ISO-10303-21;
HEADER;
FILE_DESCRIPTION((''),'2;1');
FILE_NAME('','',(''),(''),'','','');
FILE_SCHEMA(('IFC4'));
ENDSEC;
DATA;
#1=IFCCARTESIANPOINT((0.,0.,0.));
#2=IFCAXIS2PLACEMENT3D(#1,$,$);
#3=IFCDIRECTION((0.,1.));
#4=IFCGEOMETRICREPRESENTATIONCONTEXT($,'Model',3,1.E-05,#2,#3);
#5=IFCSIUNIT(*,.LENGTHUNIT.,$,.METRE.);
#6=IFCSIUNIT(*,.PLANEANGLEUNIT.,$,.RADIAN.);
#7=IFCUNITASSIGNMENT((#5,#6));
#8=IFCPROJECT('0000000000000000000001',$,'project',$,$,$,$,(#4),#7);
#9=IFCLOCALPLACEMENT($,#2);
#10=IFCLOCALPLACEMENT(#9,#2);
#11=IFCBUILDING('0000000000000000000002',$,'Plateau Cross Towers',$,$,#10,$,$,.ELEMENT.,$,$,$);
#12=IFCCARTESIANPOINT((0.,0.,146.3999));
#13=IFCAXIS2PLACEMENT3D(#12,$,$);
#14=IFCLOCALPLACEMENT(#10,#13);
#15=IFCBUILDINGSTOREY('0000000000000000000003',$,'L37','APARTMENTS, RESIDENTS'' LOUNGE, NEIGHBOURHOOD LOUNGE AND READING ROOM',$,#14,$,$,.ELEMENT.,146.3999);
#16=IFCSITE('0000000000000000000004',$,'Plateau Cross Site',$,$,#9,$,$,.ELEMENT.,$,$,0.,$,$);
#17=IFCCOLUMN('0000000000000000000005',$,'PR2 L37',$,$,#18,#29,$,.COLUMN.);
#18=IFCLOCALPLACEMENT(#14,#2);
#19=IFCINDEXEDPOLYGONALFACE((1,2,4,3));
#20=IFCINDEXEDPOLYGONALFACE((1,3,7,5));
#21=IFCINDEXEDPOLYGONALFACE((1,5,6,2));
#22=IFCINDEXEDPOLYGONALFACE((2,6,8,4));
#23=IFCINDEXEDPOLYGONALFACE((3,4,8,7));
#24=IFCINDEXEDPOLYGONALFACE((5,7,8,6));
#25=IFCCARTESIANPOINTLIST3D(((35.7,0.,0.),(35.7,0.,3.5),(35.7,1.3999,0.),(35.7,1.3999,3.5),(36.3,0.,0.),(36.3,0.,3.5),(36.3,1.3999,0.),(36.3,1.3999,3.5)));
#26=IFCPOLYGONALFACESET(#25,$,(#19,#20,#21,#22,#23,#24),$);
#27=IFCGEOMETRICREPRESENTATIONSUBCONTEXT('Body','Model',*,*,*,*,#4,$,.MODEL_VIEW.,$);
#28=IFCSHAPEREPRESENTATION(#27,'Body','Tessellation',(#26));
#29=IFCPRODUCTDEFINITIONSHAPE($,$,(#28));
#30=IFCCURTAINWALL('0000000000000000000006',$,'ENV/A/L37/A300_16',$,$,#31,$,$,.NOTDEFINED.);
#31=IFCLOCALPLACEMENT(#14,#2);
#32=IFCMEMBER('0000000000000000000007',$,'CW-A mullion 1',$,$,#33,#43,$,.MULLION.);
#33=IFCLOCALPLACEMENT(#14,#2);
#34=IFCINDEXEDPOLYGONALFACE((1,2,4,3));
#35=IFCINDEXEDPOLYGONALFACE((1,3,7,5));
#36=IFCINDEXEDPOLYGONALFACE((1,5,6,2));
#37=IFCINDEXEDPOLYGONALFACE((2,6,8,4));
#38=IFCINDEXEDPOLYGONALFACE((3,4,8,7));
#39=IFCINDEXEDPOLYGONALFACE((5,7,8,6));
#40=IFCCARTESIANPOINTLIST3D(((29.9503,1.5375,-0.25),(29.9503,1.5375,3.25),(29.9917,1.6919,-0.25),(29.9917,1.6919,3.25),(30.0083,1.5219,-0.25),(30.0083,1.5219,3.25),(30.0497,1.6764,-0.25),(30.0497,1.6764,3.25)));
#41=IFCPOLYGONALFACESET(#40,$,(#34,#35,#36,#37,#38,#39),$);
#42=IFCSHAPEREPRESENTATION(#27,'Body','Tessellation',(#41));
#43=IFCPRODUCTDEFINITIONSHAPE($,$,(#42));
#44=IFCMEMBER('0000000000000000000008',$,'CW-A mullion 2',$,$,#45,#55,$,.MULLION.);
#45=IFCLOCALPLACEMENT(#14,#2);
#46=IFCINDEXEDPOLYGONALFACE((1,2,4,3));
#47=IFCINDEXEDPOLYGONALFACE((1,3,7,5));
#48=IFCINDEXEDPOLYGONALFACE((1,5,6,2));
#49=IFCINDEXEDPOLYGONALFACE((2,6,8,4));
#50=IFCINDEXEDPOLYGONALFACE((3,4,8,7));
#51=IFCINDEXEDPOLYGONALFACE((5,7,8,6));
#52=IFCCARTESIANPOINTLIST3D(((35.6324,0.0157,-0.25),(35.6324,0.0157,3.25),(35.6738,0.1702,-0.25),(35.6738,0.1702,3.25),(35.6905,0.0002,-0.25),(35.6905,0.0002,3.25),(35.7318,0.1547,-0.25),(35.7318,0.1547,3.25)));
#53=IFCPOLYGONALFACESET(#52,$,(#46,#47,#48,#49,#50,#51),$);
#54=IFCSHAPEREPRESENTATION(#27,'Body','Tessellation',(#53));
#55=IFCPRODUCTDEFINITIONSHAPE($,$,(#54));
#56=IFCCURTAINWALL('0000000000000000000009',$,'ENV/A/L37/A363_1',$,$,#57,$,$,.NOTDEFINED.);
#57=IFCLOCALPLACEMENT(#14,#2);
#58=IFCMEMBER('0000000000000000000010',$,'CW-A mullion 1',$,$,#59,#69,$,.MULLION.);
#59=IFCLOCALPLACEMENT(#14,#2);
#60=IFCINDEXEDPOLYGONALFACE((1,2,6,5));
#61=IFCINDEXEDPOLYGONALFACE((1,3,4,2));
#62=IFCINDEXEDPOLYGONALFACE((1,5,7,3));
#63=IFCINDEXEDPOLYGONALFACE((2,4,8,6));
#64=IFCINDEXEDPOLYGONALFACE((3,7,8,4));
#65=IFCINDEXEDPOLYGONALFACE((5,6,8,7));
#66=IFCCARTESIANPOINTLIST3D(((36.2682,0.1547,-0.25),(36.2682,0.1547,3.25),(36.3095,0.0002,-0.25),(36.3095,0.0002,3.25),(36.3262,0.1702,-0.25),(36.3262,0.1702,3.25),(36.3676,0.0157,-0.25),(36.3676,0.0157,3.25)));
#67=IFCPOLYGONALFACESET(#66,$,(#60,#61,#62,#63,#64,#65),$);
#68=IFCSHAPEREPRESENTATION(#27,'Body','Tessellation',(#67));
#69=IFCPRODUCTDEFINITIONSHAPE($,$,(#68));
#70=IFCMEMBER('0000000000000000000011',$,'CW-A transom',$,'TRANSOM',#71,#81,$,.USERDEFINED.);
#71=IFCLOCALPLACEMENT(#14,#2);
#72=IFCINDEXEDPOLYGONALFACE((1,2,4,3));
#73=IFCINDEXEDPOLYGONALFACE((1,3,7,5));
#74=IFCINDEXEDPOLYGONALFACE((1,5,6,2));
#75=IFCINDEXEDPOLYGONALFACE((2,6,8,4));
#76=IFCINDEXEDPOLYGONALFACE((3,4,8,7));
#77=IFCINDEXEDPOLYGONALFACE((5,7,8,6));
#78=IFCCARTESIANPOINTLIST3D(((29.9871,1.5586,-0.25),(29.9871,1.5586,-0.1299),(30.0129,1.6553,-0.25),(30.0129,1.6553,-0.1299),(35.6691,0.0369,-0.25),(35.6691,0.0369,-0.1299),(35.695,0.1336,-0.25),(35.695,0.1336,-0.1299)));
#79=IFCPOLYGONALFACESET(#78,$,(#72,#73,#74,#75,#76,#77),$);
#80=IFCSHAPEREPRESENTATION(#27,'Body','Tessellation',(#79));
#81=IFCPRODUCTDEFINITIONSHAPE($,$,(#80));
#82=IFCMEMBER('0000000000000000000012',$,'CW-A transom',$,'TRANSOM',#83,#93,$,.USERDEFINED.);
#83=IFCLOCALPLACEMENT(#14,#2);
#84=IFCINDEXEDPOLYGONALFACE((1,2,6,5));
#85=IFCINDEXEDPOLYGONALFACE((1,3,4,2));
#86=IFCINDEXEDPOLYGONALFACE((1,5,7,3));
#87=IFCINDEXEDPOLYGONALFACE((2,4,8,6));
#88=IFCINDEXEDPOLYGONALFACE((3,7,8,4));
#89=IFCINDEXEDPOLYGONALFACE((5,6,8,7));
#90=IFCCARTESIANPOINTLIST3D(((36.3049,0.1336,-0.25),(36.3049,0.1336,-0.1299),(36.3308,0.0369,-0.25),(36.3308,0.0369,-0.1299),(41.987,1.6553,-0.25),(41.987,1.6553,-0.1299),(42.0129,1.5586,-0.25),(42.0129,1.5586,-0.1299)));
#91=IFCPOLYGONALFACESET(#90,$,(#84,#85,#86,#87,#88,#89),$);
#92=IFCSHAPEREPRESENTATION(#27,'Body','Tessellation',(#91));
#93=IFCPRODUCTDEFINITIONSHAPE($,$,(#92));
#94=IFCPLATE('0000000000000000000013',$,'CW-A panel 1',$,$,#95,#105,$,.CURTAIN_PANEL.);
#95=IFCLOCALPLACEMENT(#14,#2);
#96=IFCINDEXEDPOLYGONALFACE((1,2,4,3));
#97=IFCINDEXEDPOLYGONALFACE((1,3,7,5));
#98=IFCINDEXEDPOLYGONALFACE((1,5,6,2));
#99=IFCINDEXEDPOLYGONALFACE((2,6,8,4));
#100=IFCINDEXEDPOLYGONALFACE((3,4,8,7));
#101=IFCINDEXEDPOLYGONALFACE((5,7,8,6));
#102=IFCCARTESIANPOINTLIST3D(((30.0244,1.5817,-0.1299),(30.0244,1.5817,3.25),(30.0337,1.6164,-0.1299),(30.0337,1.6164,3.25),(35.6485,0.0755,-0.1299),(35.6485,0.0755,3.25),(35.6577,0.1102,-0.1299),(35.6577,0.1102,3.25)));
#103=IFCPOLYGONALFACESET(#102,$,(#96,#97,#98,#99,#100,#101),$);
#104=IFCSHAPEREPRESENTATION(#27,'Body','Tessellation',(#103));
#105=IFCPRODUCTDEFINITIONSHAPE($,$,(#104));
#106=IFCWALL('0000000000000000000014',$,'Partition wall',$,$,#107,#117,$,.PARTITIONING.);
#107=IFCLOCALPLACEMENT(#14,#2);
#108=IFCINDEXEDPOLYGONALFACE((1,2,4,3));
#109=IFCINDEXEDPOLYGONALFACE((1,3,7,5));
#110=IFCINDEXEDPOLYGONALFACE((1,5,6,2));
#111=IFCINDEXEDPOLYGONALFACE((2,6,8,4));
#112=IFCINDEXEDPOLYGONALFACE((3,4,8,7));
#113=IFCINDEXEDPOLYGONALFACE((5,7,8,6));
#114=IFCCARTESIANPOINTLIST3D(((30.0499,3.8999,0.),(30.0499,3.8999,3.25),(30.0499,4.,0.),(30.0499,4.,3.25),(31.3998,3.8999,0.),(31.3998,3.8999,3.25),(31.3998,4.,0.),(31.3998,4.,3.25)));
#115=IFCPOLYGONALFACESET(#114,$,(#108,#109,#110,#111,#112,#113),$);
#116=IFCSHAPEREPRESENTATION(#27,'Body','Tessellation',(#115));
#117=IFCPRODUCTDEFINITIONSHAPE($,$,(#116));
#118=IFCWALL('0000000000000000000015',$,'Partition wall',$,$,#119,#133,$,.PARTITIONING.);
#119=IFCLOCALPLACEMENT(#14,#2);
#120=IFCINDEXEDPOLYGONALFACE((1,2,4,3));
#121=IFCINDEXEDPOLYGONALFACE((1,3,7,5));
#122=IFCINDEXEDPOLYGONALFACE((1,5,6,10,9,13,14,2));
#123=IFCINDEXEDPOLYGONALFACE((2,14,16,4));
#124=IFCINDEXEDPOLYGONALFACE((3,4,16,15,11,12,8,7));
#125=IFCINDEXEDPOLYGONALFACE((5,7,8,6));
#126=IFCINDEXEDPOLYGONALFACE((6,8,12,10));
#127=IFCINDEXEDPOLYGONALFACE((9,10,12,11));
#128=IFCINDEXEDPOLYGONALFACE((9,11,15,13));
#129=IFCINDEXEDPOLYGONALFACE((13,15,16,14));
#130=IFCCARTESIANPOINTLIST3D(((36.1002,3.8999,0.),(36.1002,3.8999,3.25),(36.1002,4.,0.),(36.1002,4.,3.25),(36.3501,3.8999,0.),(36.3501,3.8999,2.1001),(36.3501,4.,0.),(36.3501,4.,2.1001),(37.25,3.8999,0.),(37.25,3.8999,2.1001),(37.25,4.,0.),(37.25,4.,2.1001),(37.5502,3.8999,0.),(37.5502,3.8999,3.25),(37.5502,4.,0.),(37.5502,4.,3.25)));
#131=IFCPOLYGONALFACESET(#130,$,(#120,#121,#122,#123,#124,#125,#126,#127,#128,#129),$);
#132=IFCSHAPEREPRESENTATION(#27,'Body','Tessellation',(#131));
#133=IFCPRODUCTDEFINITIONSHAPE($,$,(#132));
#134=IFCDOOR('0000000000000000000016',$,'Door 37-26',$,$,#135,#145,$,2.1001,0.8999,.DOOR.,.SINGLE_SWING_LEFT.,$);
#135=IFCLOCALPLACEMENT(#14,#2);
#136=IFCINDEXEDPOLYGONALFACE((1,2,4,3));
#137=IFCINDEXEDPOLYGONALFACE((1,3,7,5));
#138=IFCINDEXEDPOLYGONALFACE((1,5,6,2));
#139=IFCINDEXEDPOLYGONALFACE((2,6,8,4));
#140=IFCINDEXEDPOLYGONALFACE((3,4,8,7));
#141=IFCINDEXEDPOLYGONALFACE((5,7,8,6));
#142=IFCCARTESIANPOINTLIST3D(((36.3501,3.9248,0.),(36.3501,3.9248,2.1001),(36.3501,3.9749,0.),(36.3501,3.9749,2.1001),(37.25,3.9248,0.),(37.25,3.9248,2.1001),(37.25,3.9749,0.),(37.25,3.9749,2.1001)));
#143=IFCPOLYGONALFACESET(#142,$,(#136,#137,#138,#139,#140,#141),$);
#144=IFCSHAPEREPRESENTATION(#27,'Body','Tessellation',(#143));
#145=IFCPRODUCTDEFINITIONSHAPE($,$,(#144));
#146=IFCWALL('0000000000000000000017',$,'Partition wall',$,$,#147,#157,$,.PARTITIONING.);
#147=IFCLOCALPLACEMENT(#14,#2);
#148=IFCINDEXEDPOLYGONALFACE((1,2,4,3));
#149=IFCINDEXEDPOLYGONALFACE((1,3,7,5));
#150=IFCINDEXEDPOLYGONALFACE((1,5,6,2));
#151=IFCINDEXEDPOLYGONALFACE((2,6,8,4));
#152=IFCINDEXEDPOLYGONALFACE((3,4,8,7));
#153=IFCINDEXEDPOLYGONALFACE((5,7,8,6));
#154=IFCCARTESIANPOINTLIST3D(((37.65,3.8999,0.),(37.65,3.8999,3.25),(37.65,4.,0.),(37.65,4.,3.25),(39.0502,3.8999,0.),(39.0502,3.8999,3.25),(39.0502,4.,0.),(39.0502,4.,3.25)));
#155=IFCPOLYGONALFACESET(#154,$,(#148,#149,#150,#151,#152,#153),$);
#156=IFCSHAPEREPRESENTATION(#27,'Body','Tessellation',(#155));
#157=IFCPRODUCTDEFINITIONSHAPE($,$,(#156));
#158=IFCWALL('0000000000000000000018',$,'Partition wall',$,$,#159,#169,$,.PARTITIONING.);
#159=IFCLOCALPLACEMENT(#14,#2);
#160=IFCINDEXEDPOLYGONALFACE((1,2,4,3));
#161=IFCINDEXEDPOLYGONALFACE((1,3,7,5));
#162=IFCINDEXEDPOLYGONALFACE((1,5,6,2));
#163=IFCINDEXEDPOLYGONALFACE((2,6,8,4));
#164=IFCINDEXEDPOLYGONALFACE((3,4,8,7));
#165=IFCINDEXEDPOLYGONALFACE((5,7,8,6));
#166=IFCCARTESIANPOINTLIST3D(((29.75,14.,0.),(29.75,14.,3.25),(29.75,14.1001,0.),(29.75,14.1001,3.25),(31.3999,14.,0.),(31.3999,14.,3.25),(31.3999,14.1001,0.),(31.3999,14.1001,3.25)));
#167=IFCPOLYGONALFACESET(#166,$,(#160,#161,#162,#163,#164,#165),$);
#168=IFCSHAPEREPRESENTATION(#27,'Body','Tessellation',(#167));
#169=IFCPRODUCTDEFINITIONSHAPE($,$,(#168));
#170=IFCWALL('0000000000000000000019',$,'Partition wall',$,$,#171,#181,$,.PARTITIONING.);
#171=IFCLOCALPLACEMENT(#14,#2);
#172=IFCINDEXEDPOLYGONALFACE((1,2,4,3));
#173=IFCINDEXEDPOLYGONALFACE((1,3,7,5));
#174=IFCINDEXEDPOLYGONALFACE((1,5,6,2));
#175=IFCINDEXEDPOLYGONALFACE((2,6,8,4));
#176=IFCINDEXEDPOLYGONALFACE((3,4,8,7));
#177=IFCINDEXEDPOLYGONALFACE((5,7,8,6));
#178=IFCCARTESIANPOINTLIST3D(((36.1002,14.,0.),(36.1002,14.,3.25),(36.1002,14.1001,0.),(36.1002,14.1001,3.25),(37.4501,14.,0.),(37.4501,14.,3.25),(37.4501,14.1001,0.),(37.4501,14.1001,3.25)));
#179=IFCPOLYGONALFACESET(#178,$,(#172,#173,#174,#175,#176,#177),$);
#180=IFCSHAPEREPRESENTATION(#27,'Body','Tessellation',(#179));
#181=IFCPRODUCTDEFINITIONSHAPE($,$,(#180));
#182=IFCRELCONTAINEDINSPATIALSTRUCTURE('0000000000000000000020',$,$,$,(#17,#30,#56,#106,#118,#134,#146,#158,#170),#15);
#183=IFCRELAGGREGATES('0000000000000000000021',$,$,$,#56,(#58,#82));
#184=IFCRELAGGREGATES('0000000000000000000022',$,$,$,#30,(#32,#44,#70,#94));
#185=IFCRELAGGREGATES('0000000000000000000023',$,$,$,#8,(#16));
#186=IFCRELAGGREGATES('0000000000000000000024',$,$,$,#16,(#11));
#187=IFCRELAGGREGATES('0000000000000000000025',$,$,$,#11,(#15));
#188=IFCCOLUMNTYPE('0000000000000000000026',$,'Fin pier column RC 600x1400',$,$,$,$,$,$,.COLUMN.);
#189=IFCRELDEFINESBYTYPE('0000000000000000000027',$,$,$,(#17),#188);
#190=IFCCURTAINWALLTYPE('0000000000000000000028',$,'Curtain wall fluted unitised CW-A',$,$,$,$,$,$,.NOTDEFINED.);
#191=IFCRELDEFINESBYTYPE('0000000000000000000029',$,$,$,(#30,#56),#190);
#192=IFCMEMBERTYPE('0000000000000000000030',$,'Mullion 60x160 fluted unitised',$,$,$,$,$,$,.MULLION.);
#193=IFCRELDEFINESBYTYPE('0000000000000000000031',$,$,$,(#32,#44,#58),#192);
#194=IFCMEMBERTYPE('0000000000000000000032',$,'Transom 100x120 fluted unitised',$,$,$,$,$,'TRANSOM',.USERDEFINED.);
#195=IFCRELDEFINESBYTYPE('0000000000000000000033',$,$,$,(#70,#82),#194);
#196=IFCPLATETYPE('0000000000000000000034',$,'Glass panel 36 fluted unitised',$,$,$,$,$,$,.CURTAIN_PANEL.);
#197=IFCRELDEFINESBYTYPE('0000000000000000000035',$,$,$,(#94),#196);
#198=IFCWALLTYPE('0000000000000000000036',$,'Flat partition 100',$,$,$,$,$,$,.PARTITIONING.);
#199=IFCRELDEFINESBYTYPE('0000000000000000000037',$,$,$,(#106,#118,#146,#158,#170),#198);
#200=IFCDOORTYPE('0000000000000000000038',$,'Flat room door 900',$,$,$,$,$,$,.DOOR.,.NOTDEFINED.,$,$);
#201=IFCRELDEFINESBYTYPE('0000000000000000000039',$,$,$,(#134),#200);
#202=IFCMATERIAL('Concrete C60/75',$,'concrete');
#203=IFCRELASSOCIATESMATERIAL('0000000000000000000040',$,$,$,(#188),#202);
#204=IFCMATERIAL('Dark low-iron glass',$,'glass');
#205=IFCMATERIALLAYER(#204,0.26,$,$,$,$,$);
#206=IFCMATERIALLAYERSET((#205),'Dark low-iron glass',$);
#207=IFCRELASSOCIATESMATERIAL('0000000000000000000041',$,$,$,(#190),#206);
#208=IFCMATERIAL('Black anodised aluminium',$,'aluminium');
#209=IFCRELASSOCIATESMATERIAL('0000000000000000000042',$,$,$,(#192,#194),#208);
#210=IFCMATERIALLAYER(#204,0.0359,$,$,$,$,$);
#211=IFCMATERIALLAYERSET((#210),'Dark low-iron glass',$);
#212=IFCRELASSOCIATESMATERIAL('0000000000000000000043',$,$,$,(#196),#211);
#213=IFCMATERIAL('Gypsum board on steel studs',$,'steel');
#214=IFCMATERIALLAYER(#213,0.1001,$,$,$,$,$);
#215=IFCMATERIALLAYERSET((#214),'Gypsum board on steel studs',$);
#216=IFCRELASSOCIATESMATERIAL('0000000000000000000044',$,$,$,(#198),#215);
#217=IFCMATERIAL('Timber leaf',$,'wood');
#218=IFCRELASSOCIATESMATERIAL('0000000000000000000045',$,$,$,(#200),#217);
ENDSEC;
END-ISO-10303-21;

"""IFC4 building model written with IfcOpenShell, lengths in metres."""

from ifc_helpers import new_model, si_unit, direction, frame, frame_2d, origin, origin_2d, place, context, subcontext, project, spatial, rectangle, extrude, material, layer, layer_set, material_profile, profile_set, type_object, element, fill, aggregate, save


model = new_model("IFC4")

# Units and contexts
model_context = context("Model", 3, precision=1e-05, world=origin(), true_north=direction((0.0, 1.0)))
body_context = subcontext(model_context, "Body", "Model", "MODEL_VIEW")
ifc_project = project(units=[si_unit("LENGTHUNIT", "METRE"), si_unit("PLANEANGLEUNIT", "RADIAN")], contexts=[model_context])

# Site, building, storey
site_placement = place(None, origin())
site = spatial("IfcSite", under=ifc_project, at=site_placement, Name="Plateau Cross Site", CompositionType="ELEMENT", RefElevation=0.0)
building_placement = place(site_placement, origin())
building = spatial("IfcBuilding", under=site, at=building_placement, Name="Plateau Cross Towers", CompositionType="ELEMENT")
storey_placement = place(building_placement, frame((0.0, 0.0, 146.3999)))
storey = spatial("IfcBuildingStorey", under=building, at=storey_placement, Name="L37", Description="APARTMENTS, RESIDENTS' LOUNGE, NEIGHBOURHOOD LOUNGE AND READING ROOM", CompositionType="ELEMENT", Elevation=146.3999)

# Column
ifc_material_1 = material(Name="Concrete C60/75", Category="concrete")
ifc_material_profile_1 = material_profile(ifc_material_1, rectangle(XDim=0.6001, YDim=1.3999, at=origin_2d()), Name="RC 600x1400")
ifc_profile_set_1 = profile_set([ifc_material_profile_1], Name="Concrete C60/75")
column_type = type_object("IfcColumnType", Name="Fin pier column RC 600x1400", PredefinedType="COLUMN", material=ifc_profile_set_1)
column_placement = place(storey_placement, frame((36.0, 0.7, 0.0), z_axis=(0.0, 0.0, 1.0), x_axis=(1.0, 0.0, 0.0)))
element("IfcColumn", 1, at=column_placement, inside=storey, type_object=column_type, Name="PR2 L37", PredefinedType="COLUMN", context=body_context, shape_type="SweptSolid", body=[
    extrude(rectangle(XDim=0.6001, YDim=1.3999, at=origin_2d()), origin(), (0.0, 0.0, 1.0), 3.5),
])

# Curtain wall, members
ifc_material_2 = material(Name="Dark low-iron glass", Category="glass")
ifc_layer_1 = layer(ifc_material_2, 0.26)
ifc_layer_set_1 = layer_set([ifc_layer_1], Name="Dark low-iron glass")
curtain_wall_type = type_object("IfcCurtainWallType", Name="Curtain wall fluted unitised CW-A", PredefinedType="NOTDEFINED", material=ifc_layer_set_1)
curtain_wall_1_placement = place(storey_placement, origin())
curtain_wall_1 = element("IfcCurtainWall", 2, at=curtain_wall_1_placement, inside=storey, type_object=curtain_wall_type, Name="ENV/A/L37/A300_16", PredefinedType="NOTDEFINED")
ifc_material_3 = material(Name="Black anodised aluminium", Category="aluminium")
ifc_material_profile_2 = material_profile(ifc_material_3, rectangle(XDim=0.0601, YDim=0.1599, at=origin_2d()), Name="MULLION 60x160")
ifc_profile_set_2 = profile_set([ifc_material_profile_2], Name="Black anodised aluminium")
member_type_1 = type_object("IfcMemberType", Name="Mullion 60x160 fluted unitised", PredefinedType="MULLION", material=ifc_profile_set_2)
member_1_placement = place(storey_placement, frame((30.0, 1.6069, -0.25), z_axis=(0.0, 0.0, 1.0), x_axis=(0.965958, -0.258699, 0.0)))
member_1 = element("IfcMember", 3, at=member_1_placement, type_object=member_type_1, Name="CW-A mullion 1", PredefinedType="MULLION", context=body_context, shape_type="SweptSolid", body=[
    extrude(rectangle(XDim=0.0601, YDim=0.1599, at=origin_2d()), origin(), (0.0, 0.0, 1.0), 3.5),
])
member_2_placement = place(storey_placement, frame((35.6821, 0.0852, -0.25), z_axis=(0.0, 0.0, 1.0), x_axis=(0.965958, -0.258699, 0.0)))
member_2 = element("IfcMember", 4, at=member_2_placement, type_object=member_type_1, Name="CW-A mullion 2", PredefinedType="MULLION", context=body_context, shape_type="SweptSolid", body=[
    extrude(rectangle(XDim=0.0601, YDim=0.1599, at=origin_2d()), origin(), (0.0, 0.0, 1.0), 3.5),
])

# Curtain wall, member
curtain_wall_2_placement = place(storey_placement, origin())
curtain_wall_2 = element("IfcCurtainWall", 5, at=curtain_wall_2_placement, inside=storey, type_object=curtain_wall_type, Name="ENV/A/L37/A363_1", PredefinedType="NOTDEFINED")
member_3_placement = place(storey_placement, frame((36.3179, 0.0852, -0.25), z_axis=(0.0, 0.0, 1.0), x_axis=(0.965958, 0.258699, 0.0)))
member_3 = element("IfcMember", 6, at=member_3_placement, type_object=member_type_1, Name="CW-A mullion 1", PredefinedType="MULLION", context=body_context, shape_type="SweptSolid", body=[
    extrude(rectangle(XDim=0.0601, YDim=0.1599, at=origin_2d()), origin(), (0.0, 0.0, 1.0), 3.5),
])

# Members
ifc_material_profile_3 = material_profile(ifc_material_3, rectangle(XDim=0.1001, YDim=0.1201, at=origin_2d()), Name="TRANSOM 100x120")
ifc_profile_set_3 = profile_set([ifc_material_profile_3], Name="Black anodised aluminium")
member_type_2 = type_object("IfcMemberType", Name="Transom 100x120 fluted unitised", ElementType="TRANSOM", PredefinedType="USERDEFINED", material=ifc_profile_set_3)
member_4_placement = place(storey_placement, frame((30.0, 1.6069, -0.1899), z_axis=(0.96596, -0.258693, 0.0), x_axis=(0.258693, 0.96596, 0.0)))
member_4 = element("IfcMember", 7, at=member_4_placement, type_object=member_type_2, Name="CW-A transom", ObjectType="TRANSOM", PredefinedType="USERDEFINED", context=body_context, shape_type="SweptSolid", body=[
    extrude(rectangle(XDim=0.1001, YDim=0.1201, at=origin_2d()), origin(), (0.0, 0.0, 1.0), 5.8823),
])
member_5_placement = place(storey_placement, frame((36.3179, 0.0852, -0.1899), z_axis=(0.96596, 0.258693, 0.0), x_axis=(-0.258693, 0.96596, 0.0)))
member_5 = element("IfcMember", 8, at=member_5_placement, type_object=member_type_2, Name="CW-A transom", ObjectType="TRANSOM", PredefinedType="USERDEFINED", context=body_context, shape_type="SweptSolid", body=[
    extrude(rectangle(XDim=0.1001, YDim=0.1201, at=origin_2d()), origin(), (0.0, 0.0, 1.0), 5.8823),
])
aggregate(curtain_wall_2, [member_3, member_5])

# Plate
ifc_layer_2 = layer(ifc_material_2, 0.0359)
ifc_layer_set_2 = layer_set([ifc_layer_2], Name="Dark low-iron glass")
plate_type = type_object("IfcPlateType", Name="Glass panel 36 fluted unitised", PredefinedType="CURTAIN_PANEL", material=ifc_layer_set_2)
plate_placement = place(storey_placement, frame((32.8411, 0.8459, -0.1299), z_axis=(0.0, 0.0, 1.0), x_axis=(0.965958, -0.258699, 0.0)))
plate = element("IfcPlate", 9, at=plate_placement, type_object=plate_type, Name="CW-A panel 1", PredefinedType="CURTAIN_PANEL", context=body_context, shape_type="SweptSolid", body=[
    extrude(rectangle(XDim=5.8223, YDim=0.0359, at=origin_2d()), origin(), (0.0, 0.0, 1.0), 3.3799),
])
aggregate(curtain_wall_1, [member_1, member_2, member_4, plate])

# Wall
ifc_material_4 = material(Name="Gypsum board on steel studs", Category="steel")
ifc_layer_3 = layer(ifc_material_4, 0.1001)
ifc_layer_set_3 = layer_set([ifc_layer_3], Name="Gypsum board on steel studs")
wall_type_1 = type_object("IfcWallType", Name="Flat partition 100", PredefinedType="PARTITIONING", material=ifc_layer_set_3)
wall_1_placement = place(storey_placement, frame((30.05, 3.95, 0.0), z_axis=(0.0, 0.0, 1.0), x_axis=(1.0, 0.0, 0.0)))
element("IfcWall", 10, at=wall_1_placement, inside=storey, type_object=wall_type_1, Name="Partition wall", PredefinedType="PARTITIONING", context=body_context, shape_type="SweptSolid", body=[
    extrude(rectangle(XDim=1.3499, YDim=0.1001, at=frame_2d((0.6748, 0.0))), origin(), (0.0, 0.0, 1.0), 3.25),
])

# Wall, opening, door
wall_2_placement = place(storey_placement, frame((36.1001, 3.95, 0.0), z_axis=(0.0, 0.0, 1.0), x_axis=(1.0, 0.0, 0.0)))
wall_2 = element("IfcWall", 11, at=wall_2_placement, inside=storey, type_object=wall_type_1, Name="Partition wall", PredefinedType="PARTITIONING", context=body_context, shape_type="SweptSolid", body=[
    extrude(rectangle(XDim=1.45, YDim=0.1001, at=frame_2d((0.7251, 0.0))), origin(), (0.0, 0.0, 1.0), 3.25),
])
opening_1_placement = place(wall_2_placement, frame((0.25, 0.0, 0.0)))
opening_1 = element("IfcOpeningElement", 12, at=opening_1_placement, cuts=wall_2, PredefinedType="OPENING", context=body_context, shape_type="SweptSolid", body=[
    extrude(rectangle(XDim=0.8999, YDim=2.1001, at=frame_2d((0.45, 1.05))), frame((0.0, 0.0601, 0.0), z_axis=(0.0, -1.0, 0.0), x_axis=(1.0, 0.0, 0.0)), (0.0, 0.0, 1.0), 0.1201),
])
ifc_material_5 = material(Name="Timber leaf", Category="wood")
door_type_1 = type_object("IfcDoorType", Name="Flat room door 900", OperationType="NOTDEFINED", PredefinedType="DOOR", material=ifc_material_5)
door_1_placement = place(opening_1_placement, origin())
door_1 = element("IfcDoor", 13, at=door_1_placement, inside=storey, type_object=door_type_1, Name="Door 37-26", OperationType="SINGLE_SWING_LEFT", OverallHeight=2.1001, OverallWidth=0.8999, PredefinedType="DOOR", context=body_context, shape_type="SweptSolid", body=[
    extrude(rectangle(XDim=0.8999, YDim=2.1001, at=frame_2d((0.45, 1.05))), frame((0.0, 0.0249, 0.0), z_axis=(0.0, -1.0, 0.0), x_axis=(1.0, 0.0, 0.0)), (0.0, 0.0, 1.0), 0.05),
])
fill(opening_1, door_1)

# Walls
wall_3_placement = place(storey_placement, frame((37.6499, 3.95, 0.0), z_axis=(0.0, 0.0, 1.0), x_axis=(1.0, 0.0, 0.0)))
element("IfcWall", 14, at=wall_3_placement, inside=storey, type_object=wall_type_1, Name="Partition wall", PredefinedType="PARTITIONING", context=body_context, shape_type="SweptSolid", body=[
    extrude(rectangle(XDim=1.4001, YDim=0.1001, at=frame_2d((0.7002, 0.0))), origin(), (0.0, 0.0, 1.0), 3.25),
])
wall_4_placement = place(storey_placement, frame((31.3999, 14.05, 0.0), z_axis=(0.0, 0.0, 1.0), x_axis=(-1.0, 0.0, 0.0)))
element("IfcWall", 15, at=wall_4_placement, inside=storey, type_object=wall_type_1, Name="Partition wall", PredefinedType="PARTITIONING", context=body_context, shape_type="SweptSolid", body=[
    extrude(rectangle(XDim=1.6499, YDim=0.1001, at=frame_2d((0.825, 0.0))), origin(), (0.0, 0.0, 1.0), 3.25),
])
wall_5_placement = place(storey_placement, frame((37.45, 14.05, 0.0), z_axis=(0.0, 0.0, 1.0), x_axis=(-1.0, 0.0, 0.0)))
element("IfcWall", 16, at=wall_5_placement, inside=storey, type_object=wall_type_1, Name="Partition wall", PredefinedType="PARTITIONING", context=body_context, shape_type="SweptSolid", body=[
    extrude(rectangle(XDim=1.3499, YDim=0.1001, at=frame_2d((0.6748, 0.0))), origin(), (0.0, 0.0, 1.0), 3.25),
])

save(model, "model.ifc")
